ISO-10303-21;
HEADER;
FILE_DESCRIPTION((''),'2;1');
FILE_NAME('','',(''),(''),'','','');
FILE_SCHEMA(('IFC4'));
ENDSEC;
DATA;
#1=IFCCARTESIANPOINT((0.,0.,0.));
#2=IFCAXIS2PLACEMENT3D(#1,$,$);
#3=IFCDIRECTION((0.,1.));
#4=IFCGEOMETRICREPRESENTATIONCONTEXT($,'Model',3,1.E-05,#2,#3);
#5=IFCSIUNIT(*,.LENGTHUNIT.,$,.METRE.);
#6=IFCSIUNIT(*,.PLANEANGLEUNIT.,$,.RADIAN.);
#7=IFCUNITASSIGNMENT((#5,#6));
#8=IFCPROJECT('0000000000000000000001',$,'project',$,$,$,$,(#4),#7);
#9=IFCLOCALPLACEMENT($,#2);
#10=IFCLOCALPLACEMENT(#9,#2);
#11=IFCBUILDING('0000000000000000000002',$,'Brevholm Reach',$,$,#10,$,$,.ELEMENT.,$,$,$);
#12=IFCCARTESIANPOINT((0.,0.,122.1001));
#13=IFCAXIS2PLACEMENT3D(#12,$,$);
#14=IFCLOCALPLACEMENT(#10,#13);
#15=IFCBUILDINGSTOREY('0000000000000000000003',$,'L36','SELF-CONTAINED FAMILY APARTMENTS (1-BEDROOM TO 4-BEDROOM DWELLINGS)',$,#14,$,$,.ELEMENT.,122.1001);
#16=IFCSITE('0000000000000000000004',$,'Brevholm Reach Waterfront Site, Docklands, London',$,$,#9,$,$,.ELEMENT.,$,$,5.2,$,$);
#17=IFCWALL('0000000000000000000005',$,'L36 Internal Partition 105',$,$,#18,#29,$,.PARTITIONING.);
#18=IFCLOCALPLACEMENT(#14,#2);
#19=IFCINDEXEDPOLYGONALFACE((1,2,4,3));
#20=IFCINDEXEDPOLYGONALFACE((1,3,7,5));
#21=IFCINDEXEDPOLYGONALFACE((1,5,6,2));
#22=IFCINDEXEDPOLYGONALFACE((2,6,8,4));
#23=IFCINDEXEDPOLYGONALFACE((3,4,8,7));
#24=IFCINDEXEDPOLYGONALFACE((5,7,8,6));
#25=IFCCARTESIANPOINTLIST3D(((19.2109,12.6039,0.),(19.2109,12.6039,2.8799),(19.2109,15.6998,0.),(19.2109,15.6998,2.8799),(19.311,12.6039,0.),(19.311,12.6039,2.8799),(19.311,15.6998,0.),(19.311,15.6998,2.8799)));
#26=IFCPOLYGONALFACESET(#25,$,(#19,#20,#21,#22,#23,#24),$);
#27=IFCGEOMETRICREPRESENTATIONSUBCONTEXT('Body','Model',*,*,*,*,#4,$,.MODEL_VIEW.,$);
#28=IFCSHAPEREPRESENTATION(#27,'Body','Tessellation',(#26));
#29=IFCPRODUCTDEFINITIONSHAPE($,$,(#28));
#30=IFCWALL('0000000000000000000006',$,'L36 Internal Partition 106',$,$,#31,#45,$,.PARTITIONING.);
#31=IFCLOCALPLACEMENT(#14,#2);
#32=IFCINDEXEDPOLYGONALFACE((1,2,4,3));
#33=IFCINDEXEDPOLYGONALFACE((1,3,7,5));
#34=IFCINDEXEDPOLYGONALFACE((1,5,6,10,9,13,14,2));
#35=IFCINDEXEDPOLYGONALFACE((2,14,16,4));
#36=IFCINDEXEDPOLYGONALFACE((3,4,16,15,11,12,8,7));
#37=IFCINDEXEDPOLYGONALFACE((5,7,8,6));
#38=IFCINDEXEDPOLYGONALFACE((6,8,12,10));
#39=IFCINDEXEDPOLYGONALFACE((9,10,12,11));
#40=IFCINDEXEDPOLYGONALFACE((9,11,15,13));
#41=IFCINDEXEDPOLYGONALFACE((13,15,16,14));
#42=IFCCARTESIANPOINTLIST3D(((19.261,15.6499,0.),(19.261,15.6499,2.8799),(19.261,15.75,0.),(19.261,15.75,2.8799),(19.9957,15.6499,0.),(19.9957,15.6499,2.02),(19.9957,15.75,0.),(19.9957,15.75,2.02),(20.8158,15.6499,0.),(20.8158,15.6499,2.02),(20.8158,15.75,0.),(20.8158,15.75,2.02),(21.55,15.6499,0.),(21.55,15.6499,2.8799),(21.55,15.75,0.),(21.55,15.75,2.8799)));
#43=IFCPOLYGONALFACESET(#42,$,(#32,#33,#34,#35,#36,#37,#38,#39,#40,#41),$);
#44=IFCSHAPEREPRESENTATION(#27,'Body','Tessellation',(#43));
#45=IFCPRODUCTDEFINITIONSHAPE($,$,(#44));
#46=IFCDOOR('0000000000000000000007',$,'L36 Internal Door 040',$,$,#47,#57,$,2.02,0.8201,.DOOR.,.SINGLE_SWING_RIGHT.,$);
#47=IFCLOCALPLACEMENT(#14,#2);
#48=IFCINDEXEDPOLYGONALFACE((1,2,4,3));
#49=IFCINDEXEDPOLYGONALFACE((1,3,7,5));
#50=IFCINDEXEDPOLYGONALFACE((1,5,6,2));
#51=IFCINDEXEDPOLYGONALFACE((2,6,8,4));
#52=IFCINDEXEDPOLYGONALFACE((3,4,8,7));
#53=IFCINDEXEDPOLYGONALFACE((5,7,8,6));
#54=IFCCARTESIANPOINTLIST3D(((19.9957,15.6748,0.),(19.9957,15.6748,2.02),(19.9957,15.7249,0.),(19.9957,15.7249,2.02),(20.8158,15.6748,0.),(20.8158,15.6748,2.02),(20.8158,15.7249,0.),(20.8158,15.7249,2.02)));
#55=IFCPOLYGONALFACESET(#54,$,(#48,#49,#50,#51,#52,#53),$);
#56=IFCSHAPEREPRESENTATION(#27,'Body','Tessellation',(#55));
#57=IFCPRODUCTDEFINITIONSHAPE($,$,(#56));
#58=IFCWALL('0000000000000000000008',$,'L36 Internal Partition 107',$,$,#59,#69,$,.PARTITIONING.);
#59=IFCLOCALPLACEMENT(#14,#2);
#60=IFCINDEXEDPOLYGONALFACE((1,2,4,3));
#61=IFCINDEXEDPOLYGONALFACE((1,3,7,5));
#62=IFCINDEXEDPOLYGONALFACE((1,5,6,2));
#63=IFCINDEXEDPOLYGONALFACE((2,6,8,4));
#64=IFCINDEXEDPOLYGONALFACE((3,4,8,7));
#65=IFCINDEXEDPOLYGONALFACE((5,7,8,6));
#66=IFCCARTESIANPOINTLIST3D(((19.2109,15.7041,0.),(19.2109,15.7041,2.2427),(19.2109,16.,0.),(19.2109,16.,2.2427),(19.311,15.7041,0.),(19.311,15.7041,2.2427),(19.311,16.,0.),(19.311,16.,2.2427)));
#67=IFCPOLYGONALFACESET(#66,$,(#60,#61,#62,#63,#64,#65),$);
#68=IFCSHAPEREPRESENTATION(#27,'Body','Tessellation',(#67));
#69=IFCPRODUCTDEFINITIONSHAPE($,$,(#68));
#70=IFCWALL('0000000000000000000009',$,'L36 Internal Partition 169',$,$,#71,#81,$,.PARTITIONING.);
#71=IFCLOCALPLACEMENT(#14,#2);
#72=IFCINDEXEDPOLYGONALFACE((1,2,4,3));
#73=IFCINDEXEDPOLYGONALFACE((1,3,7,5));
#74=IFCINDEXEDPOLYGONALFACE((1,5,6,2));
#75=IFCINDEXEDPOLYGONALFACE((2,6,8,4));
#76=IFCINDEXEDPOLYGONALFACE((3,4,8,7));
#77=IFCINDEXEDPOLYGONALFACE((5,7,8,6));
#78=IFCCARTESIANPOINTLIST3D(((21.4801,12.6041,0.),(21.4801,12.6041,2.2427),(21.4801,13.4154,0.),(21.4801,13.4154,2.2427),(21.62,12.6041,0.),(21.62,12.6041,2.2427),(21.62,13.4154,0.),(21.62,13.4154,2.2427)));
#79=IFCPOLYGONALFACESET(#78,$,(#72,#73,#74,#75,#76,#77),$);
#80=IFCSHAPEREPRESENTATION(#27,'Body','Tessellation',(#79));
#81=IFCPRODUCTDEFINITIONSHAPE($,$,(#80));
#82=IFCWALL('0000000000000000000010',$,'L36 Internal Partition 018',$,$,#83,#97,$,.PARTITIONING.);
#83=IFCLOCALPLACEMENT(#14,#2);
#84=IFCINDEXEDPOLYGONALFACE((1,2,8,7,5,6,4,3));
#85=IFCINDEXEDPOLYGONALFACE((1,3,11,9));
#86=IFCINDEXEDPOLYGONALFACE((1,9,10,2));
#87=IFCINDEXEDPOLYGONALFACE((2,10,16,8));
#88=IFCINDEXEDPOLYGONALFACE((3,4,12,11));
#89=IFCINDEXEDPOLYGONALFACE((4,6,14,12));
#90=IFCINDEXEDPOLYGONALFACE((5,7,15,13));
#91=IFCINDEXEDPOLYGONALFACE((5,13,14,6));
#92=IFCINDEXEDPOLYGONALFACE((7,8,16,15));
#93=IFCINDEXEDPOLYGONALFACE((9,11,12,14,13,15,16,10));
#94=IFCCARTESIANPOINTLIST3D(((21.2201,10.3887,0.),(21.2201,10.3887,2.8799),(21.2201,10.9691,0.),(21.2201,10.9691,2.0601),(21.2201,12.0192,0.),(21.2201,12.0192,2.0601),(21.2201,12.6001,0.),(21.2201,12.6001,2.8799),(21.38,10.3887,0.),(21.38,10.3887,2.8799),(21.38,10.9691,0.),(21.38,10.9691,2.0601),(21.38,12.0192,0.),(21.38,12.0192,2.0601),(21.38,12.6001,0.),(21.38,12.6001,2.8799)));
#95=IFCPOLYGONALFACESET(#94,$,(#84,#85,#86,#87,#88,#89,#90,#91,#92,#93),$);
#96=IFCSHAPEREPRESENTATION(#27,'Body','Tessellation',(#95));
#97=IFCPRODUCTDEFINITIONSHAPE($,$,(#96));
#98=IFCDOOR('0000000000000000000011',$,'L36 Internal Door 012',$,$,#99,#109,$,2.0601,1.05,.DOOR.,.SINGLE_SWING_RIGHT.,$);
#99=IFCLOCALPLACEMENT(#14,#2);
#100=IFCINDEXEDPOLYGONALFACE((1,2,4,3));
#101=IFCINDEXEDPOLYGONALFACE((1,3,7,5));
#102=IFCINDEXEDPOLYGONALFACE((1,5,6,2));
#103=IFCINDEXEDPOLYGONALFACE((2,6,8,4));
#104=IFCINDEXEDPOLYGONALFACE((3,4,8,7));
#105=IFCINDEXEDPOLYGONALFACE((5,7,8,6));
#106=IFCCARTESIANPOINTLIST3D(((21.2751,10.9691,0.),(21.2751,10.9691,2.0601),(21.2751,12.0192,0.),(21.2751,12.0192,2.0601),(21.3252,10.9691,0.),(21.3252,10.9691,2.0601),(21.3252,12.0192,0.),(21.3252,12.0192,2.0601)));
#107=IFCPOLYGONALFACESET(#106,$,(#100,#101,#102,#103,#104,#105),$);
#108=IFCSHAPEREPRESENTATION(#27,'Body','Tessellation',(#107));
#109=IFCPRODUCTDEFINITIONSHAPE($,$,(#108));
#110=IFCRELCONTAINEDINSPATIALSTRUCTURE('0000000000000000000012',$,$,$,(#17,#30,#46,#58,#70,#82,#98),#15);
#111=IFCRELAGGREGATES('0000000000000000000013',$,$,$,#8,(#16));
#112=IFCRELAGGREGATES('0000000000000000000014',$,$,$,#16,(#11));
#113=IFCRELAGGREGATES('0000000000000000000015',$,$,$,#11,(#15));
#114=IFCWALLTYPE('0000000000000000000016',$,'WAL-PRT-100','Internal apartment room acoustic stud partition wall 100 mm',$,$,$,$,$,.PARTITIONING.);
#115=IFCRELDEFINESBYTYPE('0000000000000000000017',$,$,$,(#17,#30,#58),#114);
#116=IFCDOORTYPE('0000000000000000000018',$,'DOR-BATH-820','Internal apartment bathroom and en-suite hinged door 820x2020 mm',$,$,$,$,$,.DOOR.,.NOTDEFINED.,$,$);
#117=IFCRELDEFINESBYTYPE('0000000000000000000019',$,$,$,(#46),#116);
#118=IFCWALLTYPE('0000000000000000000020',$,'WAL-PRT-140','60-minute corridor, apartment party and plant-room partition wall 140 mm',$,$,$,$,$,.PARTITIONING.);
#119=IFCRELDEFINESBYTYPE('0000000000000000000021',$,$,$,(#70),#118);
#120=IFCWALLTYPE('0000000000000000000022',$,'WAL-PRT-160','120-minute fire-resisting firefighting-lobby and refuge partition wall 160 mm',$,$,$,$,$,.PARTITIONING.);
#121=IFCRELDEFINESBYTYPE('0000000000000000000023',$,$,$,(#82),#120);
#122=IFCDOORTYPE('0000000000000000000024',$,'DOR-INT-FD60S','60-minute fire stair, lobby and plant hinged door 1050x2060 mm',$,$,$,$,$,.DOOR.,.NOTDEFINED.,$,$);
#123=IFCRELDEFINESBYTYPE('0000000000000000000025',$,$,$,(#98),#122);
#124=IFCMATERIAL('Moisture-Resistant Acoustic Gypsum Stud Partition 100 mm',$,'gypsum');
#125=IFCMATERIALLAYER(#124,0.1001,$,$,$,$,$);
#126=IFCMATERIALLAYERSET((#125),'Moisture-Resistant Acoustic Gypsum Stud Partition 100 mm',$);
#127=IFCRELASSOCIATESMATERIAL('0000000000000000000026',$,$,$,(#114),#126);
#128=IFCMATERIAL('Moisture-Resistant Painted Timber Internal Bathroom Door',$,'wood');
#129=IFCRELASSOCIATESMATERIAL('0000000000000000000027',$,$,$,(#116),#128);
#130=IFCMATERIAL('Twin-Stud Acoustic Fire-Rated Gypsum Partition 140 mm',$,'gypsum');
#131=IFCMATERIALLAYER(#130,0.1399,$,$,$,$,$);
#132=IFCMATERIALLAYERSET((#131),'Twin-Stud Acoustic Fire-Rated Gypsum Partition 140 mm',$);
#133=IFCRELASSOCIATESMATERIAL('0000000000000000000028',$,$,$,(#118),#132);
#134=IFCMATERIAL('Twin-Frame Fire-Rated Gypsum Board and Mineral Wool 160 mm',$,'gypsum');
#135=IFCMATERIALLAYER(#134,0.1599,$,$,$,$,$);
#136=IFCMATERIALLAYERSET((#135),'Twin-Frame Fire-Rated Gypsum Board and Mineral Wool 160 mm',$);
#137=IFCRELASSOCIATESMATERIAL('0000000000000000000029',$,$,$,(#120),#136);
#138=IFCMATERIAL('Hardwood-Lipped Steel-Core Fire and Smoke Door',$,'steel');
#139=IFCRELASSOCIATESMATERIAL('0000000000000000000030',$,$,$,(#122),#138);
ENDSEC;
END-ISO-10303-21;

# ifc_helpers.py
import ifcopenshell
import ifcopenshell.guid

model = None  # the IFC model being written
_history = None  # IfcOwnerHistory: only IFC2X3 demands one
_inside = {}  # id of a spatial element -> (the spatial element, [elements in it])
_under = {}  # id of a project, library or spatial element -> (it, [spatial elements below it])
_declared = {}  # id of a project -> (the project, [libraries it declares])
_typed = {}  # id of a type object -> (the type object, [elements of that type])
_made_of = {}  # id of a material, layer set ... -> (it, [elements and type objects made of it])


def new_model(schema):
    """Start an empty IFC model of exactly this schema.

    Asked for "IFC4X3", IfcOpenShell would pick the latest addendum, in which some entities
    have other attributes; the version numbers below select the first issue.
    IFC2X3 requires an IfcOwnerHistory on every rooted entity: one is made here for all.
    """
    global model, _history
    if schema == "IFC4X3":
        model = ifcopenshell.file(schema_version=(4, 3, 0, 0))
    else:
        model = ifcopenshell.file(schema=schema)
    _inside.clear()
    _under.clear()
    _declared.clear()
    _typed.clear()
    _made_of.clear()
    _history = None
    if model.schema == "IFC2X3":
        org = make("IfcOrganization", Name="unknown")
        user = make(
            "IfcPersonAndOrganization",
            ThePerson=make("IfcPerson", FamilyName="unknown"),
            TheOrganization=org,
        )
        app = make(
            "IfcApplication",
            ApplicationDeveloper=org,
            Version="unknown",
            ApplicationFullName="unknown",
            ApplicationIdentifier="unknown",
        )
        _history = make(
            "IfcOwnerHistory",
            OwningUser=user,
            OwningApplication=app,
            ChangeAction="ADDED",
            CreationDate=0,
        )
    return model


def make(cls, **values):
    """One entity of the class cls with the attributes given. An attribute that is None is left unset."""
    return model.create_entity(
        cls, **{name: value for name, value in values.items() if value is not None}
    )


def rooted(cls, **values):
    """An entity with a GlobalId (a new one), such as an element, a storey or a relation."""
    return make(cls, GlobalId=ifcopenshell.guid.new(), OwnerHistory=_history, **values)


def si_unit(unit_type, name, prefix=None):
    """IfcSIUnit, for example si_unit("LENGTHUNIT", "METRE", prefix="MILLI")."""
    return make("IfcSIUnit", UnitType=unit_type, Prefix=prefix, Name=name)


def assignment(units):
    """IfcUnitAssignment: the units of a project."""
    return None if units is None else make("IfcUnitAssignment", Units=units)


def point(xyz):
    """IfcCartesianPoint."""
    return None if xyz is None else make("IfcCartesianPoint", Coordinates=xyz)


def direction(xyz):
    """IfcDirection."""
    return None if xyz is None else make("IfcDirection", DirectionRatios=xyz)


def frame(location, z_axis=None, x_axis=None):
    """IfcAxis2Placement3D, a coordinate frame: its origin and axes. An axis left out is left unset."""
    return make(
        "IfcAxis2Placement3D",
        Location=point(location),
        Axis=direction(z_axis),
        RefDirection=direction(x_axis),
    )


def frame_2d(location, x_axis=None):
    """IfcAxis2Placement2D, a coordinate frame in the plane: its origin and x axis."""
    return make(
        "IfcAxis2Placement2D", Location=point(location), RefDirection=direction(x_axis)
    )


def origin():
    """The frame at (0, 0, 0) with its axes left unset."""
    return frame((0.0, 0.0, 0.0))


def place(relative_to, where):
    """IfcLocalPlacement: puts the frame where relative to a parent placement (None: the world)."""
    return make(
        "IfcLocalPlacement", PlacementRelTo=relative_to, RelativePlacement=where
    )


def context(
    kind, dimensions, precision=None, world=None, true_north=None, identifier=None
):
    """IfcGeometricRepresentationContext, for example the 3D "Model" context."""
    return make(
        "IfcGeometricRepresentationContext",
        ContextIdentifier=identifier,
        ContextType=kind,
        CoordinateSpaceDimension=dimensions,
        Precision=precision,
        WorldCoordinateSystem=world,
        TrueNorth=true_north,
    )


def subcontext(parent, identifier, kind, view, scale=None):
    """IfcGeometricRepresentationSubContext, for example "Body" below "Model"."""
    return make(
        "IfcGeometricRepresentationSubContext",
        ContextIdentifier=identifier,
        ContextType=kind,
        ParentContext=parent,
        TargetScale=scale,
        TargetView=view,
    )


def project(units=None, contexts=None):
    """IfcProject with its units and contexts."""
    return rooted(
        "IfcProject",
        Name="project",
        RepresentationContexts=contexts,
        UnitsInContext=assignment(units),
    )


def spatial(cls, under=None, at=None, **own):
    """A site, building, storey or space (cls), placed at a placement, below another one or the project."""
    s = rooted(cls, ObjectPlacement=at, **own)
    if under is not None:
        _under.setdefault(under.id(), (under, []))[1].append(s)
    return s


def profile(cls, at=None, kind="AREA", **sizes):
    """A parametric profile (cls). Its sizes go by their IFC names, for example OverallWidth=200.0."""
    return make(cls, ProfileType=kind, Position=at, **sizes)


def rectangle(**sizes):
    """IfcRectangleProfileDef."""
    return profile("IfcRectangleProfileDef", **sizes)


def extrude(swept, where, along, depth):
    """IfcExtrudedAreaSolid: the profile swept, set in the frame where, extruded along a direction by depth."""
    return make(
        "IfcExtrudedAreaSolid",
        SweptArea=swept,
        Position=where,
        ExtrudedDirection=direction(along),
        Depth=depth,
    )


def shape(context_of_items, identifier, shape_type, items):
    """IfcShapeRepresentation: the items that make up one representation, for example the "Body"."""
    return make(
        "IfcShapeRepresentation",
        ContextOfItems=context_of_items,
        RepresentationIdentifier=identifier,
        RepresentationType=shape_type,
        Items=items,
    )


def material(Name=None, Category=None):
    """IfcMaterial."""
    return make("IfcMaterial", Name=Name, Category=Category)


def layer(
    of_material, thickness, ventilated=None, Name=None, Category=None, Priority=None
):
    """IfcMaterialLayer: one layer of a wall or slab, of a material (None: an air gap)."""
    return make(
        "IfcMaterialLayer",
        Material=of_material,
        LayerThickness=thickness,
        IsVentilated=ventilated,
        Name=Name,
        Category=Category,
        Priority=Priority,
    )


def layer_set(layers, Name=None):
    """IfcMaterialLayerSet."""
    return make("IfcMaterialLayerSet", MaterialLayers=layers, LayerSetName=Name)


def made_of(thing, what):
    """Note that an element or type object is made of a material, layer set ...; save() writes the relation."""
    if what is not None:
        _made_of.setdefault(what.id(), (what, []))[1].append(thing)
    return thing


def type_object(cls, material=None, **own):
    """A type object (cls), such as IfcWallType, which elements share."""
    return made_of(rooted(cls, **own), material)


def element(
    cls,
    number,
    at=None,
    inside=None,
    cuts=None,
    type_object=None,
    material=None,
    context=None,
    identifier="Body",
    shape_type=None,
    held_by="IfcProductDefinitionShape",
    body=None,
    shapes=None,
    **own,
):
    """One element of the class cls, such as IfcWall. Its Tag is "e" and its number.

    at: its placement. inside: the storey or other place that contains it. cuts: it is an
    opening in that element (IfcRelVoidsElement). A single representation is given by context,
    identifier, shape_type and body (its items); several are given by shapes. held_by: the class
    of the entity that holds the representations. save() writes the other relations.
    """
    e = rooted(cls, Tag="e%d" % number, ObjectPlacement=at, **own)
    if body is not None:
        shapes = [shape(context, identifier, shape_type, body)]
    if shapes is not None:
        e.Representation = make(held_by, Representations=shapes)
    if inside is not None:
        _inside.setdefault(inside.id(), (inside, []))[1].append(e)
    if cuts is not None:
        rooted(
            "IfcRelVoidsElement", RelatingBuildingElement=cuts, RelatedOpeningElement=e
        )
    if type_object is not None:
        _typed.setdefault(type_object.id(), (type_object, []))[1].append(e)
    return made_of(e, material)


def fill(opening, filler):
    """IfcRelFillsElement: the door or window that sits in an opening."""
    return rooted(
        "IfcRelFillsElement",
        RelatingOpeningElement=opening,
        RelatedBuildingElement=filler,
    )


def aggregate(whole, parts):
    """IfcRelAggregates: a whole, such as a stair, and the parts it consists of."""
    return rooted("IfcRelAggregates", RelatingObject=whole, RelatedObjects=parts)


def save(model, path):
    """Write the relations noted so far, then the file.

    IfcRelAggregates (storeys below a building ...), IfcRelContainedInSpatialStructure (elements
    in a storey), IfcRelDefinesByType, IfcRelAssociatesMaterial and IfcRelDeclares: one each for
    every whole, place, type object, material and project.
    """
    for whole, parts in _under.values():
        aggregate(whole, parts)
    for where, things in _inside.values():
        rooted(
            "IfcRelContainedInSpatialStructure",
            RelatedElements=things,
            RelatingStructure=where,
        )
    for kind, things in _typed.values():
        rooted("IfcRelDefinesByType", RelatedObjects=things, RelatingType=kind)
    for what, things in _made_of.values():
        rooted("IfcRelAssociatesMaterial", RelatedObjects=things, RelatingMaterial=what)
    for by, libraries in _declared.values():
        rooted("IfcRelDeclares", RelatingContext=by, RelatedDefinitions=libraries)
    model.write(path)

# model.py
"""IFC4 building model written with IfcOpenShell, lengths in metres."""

from ifc_helpers import new_model, si_unit, direction, frame, frame_2d, origin, place, context, subcontext, project, spatial, rectangle, extrude, material, layer, layer_set, type_object, element, fill, save


model = new_model("IFC4")

# Units and contexts
model_context = context("Model", 3, precision=1e-05, world=origin(), true_north=direction((0.0, 1.0)))
body_context = subcontext(model_context, "Body", "Model", "MODEL_VIEW")
ifc_project = project(units=[si_unit("LENGTHUNIT", "METRE"), si_unit("PLANEANGLEUNIT", "RADIAN")], contexts=[model_context])

# Site, building, storey
site_placement = place(None, origin())
site = spatial("IfcSite", under=ifc_project, at=site_placement, Name="Brevholm Reach Waterfront Site, Docklands, London", CompositionType="ELEMENT", RefElevation=5.2)
building_placement = place(site_placement, origin())
building = spatial("IfcBuilding", under=site, at=building_placement, Name="Brevholm Reach", CompositionType="ELEMENT")
storey_placement = place(building_placement, frame((0.0, 0.0, 122.1001)))
storey = spatial("IfcBuildingStorey", under=building, at=storey_placement, Name="L36", Description="SELF-CONTAINED FAMILY APARTMENTS (1-BEDROOM TO 4-BEDROOM DWELLINGS)", CompositionType="ELEMENT", Elevation=122.1001)

# Wall
ifc_material_1 = material(Name="Moisture-Resistant Acoustic Gypsum Stud Partition 100 mm", Category="gypsum")
ifc_layer_1 = layer(ifc_material_1, 0.1001)
ifc_layer_set_1 = layer_set([ifc_layer_1], Name="Moisture-Resistant Acoustic Gypsum Stud Partition 100 mm")
wall_type_1 = type_object("IfcWallType", Name="WAL-PRT-100", Description="Internal apartment room acoustic stud partition wall 100 mm", PredefinedType="PARTITIONING", material=ifc_layer_set_1)
wall_1_placement = place(storey_placement, frame((19.261, 12.604, 0.0), z_axis=(0.0, 0.0, 1.0), x_axis=(0.0, 1.0, 0.0)))
element("IfcWall", 1, at=wall_1_placement, inside=storey, type_object=wall_type_1, Name="L36 Internal Partition 105", PredefinedType="PARTITIONING", context=body_context, shape_type="SweptSolid", body=[
    extrude(rectangle(XDim=3.0959, YDim=0.1001, at=frame_2d((1.5479, 0.0))), origin(), (0.0, 0.0, 1.0), 2.8799),
])

# Wall, opening, door
wall_2_placement = place(storey_placement, frame((19.261, 15.7, 0.0), z_axis=(0.0, 0.0, 1.0), x_axis=(1.0, 0.0, 0.0)))
wall_2 = element("IfcWall", 2, at=wall_2_placement, inside=storey, type_object=wall_type_1, Name="L36 Internal Partition 106", PredefinedType="PARTITIONING", context=body_context, shape_type="SweptSolid", body=[
    extrude(rectangle(XDim=2.2891, YDim=0.1001, at=frame_2d((1.1445, 0.0))), origin(), (0.0, 0.0, 1.0), 2.8799),
])
opening_1_placement = place(wall_2_placement, frame((0.7346, 0.0, 0.0)))
opening_1 = element("IfcOpeningElement", 3, at=opening_1_placement, cuts=wall_2, PredefinedType="OPENING", context=body_context, shape_type="SweptSolid", body=[
    extrude(rectangle(XDim=0.8201, YDim=2.02, at=frame_2d((0.4102, 1.01))), frame((0.0, 0.0601, 0.0), z_axis=(0.0, -1.0, 0.0), x_axis=(1.0, 0.0, 0.0)), (0.0, 0.0, 1.0), 0.1201),
])
ifc_material_2 = material(Name="Moisture-Resistant Painted Timber Internal Bathroom Door", Category="wood")
door_type_1 = type_object("IfcDoorType", Name="DOR-BATH-820", Description="Internal apartment bathroom and en-suite hinged door 820x2020 mm", OperationType="NOTDEFINED", PredefinedType="DOOR", material=ifc_material_2)
door_1_placement = place(opening_1_placement, origin())
door_1 = element("IfcDoor", 4, at=door_1_placement, inside=storey, type_object=door_type_1, Name="L36 Internal Door 040", OperationType="SINGLE_SWING_RIGHT", OverallHeight=2.02, OverallWidth=0.8201, PredefinedType="DOOR", context=body_context, shape_type="SweptSolid", body=[
    extrude(rectangle(XDim=0.8201, YDim=2.02, at=frame_2d((0.4102, 1.01))), frame((0.0, 0.0249, 0.0), z_axis=(0.0, -1.0, 0.0), x_axis=(1.0, 0.0, 0.0)), (0.0, 0.0, 1.0), 0.05),
])
fill(opening_1, door_1)

# Walls
wall_3_placement = place(storey_placement, frame((19.261, 15.7041, 0.0), z_axis=(0.0, 0.0, 1.0), x_axis=(0.0, 1.0, 0.0)))
element("IfcWall", 5, at=wall_3_placement, inside=storey, type_object=wall_type_1, Name="L36 Internal Partition 107", PredefinedType="PARTITIONING", context=body_context, shape_type="SweptSolid", body=[
    extrude(rectangle(XDim=0.2959, YDim=0.1001, at=frame_2d((0.1479, 0.0))), origin(), (0.0, 0.0, 1.0), 2.2427),
])
ifc_material_3 = material(Name="Twin-Stud Acoustic Fire-Rated Gypsum Partition 140 mm", Category="gypsum")
ifc_layer_2 = layer(ifc_material_3, 0.1399)
ifc_layer_set_2 = layer_set([ifc_layer_2], Name="Twin-Stud Acoustic Fire-Rated Gypsum Partition 140 mm")
wall_type_2 = type_object("IfcWallType", Name="WAL-PRT-140", Description="60-minute corridor, apartment party and plant-room partition wall 140 mm", PredefinedType="PARTITIONING", material=ifc_layer_set_2)
wall_4_placement = place(storey_placement, frame((21.55, 12.604, 0.0), z_axis=(0.0, 0.0, 1.0), x_axis=(0.0, 1.0, 0.0)))
element("IfcWall", 6, at=wall_4_placement, inside=storey, type_object=wall_type_2, Name="L36 Internal Partition 169", PredefinedType="PARTITIONING", context=body_context, shape_type="SweptSolid", body=[
    extrude(rectangle(XDim=0.8113, YDim=0.1399, at=frame_2d((0.4058, 0.0))), origin(), (0.0, 0.0, 1.0), 2.2427),
])

# Wall, opening, door
ifc_material_4 = material(Name="Twin-Frame Fire-Rated Gypsum Board and Mineral Wool 160 mm", Category="gypsum")
ifc_layer_3 = layer(ifc_material_4, 0.1599)
ifc_layer_set_3 = layer_set([ifc_layer_3], Name="Twin-Frame Fire-Rated Gypsum Board and Mineral Wool 160 mm")
wall_type_3 = type_object("IfcWallType", Name="WAL-PRT-160", Description="120-minute fire-resisting firefighting-lobby and refuge partition wall 160 mm", PredefinedType="PARTITIONING", material=ifc_layer_set_3)
wall_5_placement = place(storey_placement, frame((21.3, 10.3887, 0.0), z_axis=(0.0, 0.0, 1.0), x_axis=(0.0, 1.0, 0.0)))
wall_5 = element("IfcWall", 7, at=wall_5_placement, inside=storey, type_object=wall_type_3, Name="L36 Internal Partition 018", PredefinedType="PARTITIONING", context=body_context, shape_type="SweptSolid", body=[
    extrude(rectangle(XDim=2.2114, YDim=0.1599, at=frame_2d((1.1057, 0.0))), origin(), (0.0, 0.0, 1.0), 2.8799),
])
opening_2_placement = place(wall_5_placement, frame((0.5806, 0.0, 0.0)))
opening_2 = element("IfcOpeningElement", 8, at=opening_2_placement, cuts=wall_5, PredefinedType="OPENING", context=body_context, shape_type="SweptSolid", body=[
    extrude(rectangle(XDim=1.05, YDim=2.0601, at=frame_2d((0.5249, 1.03))), frame((0.0, 0.0898, 0.0), z_axis=(0.0, -1.0, 0.0), x_axis=(1.0, 0.0, 0.0)), (0.0, 0.0, 1.0), 0.1799),
])
ifc_material_5 = material(Name="Hardwood-Lipped Steel-Core Fire and Smoke Door", Category="steel")
door_type_2 = type_object("IfcDoorType", Name="DOR-INT-FD60S", Description="60-minute fire stair, lobby and plant hinged door 1050x2060 mm", OperationType="NOTDEFINED", PredefinedType="DOOR", material=ifc_material_5)
door_2_placement = place(opening_2_placement, origin())
door_2 = element("IfcDoor", 9, at=door_2_placement, inside=storey, type_object=door_type_2, Name="L36 Internal Door 012", OperationType="SINGLE_SWING_RIGHT", OverallHeight=2.0601, OverallWidth=1.05, PredefinedType="DOOR", context=body_context, shape_type="SweptSolid", body=[
    extrude(rectangle(XDim=1.05, YDim=2.0601, at=frame_2d((0.5249, 1.03))), frame((0.0, 0.0249, 0.0), z_axis=(0.0, -1.0, 0.0), x_axis=(1.0, 0.0, 0.0)), (0.0, 0.0, 1.0), 0.05),
])
fill(opening_2, door_2)

save(model, "model.ifc")
